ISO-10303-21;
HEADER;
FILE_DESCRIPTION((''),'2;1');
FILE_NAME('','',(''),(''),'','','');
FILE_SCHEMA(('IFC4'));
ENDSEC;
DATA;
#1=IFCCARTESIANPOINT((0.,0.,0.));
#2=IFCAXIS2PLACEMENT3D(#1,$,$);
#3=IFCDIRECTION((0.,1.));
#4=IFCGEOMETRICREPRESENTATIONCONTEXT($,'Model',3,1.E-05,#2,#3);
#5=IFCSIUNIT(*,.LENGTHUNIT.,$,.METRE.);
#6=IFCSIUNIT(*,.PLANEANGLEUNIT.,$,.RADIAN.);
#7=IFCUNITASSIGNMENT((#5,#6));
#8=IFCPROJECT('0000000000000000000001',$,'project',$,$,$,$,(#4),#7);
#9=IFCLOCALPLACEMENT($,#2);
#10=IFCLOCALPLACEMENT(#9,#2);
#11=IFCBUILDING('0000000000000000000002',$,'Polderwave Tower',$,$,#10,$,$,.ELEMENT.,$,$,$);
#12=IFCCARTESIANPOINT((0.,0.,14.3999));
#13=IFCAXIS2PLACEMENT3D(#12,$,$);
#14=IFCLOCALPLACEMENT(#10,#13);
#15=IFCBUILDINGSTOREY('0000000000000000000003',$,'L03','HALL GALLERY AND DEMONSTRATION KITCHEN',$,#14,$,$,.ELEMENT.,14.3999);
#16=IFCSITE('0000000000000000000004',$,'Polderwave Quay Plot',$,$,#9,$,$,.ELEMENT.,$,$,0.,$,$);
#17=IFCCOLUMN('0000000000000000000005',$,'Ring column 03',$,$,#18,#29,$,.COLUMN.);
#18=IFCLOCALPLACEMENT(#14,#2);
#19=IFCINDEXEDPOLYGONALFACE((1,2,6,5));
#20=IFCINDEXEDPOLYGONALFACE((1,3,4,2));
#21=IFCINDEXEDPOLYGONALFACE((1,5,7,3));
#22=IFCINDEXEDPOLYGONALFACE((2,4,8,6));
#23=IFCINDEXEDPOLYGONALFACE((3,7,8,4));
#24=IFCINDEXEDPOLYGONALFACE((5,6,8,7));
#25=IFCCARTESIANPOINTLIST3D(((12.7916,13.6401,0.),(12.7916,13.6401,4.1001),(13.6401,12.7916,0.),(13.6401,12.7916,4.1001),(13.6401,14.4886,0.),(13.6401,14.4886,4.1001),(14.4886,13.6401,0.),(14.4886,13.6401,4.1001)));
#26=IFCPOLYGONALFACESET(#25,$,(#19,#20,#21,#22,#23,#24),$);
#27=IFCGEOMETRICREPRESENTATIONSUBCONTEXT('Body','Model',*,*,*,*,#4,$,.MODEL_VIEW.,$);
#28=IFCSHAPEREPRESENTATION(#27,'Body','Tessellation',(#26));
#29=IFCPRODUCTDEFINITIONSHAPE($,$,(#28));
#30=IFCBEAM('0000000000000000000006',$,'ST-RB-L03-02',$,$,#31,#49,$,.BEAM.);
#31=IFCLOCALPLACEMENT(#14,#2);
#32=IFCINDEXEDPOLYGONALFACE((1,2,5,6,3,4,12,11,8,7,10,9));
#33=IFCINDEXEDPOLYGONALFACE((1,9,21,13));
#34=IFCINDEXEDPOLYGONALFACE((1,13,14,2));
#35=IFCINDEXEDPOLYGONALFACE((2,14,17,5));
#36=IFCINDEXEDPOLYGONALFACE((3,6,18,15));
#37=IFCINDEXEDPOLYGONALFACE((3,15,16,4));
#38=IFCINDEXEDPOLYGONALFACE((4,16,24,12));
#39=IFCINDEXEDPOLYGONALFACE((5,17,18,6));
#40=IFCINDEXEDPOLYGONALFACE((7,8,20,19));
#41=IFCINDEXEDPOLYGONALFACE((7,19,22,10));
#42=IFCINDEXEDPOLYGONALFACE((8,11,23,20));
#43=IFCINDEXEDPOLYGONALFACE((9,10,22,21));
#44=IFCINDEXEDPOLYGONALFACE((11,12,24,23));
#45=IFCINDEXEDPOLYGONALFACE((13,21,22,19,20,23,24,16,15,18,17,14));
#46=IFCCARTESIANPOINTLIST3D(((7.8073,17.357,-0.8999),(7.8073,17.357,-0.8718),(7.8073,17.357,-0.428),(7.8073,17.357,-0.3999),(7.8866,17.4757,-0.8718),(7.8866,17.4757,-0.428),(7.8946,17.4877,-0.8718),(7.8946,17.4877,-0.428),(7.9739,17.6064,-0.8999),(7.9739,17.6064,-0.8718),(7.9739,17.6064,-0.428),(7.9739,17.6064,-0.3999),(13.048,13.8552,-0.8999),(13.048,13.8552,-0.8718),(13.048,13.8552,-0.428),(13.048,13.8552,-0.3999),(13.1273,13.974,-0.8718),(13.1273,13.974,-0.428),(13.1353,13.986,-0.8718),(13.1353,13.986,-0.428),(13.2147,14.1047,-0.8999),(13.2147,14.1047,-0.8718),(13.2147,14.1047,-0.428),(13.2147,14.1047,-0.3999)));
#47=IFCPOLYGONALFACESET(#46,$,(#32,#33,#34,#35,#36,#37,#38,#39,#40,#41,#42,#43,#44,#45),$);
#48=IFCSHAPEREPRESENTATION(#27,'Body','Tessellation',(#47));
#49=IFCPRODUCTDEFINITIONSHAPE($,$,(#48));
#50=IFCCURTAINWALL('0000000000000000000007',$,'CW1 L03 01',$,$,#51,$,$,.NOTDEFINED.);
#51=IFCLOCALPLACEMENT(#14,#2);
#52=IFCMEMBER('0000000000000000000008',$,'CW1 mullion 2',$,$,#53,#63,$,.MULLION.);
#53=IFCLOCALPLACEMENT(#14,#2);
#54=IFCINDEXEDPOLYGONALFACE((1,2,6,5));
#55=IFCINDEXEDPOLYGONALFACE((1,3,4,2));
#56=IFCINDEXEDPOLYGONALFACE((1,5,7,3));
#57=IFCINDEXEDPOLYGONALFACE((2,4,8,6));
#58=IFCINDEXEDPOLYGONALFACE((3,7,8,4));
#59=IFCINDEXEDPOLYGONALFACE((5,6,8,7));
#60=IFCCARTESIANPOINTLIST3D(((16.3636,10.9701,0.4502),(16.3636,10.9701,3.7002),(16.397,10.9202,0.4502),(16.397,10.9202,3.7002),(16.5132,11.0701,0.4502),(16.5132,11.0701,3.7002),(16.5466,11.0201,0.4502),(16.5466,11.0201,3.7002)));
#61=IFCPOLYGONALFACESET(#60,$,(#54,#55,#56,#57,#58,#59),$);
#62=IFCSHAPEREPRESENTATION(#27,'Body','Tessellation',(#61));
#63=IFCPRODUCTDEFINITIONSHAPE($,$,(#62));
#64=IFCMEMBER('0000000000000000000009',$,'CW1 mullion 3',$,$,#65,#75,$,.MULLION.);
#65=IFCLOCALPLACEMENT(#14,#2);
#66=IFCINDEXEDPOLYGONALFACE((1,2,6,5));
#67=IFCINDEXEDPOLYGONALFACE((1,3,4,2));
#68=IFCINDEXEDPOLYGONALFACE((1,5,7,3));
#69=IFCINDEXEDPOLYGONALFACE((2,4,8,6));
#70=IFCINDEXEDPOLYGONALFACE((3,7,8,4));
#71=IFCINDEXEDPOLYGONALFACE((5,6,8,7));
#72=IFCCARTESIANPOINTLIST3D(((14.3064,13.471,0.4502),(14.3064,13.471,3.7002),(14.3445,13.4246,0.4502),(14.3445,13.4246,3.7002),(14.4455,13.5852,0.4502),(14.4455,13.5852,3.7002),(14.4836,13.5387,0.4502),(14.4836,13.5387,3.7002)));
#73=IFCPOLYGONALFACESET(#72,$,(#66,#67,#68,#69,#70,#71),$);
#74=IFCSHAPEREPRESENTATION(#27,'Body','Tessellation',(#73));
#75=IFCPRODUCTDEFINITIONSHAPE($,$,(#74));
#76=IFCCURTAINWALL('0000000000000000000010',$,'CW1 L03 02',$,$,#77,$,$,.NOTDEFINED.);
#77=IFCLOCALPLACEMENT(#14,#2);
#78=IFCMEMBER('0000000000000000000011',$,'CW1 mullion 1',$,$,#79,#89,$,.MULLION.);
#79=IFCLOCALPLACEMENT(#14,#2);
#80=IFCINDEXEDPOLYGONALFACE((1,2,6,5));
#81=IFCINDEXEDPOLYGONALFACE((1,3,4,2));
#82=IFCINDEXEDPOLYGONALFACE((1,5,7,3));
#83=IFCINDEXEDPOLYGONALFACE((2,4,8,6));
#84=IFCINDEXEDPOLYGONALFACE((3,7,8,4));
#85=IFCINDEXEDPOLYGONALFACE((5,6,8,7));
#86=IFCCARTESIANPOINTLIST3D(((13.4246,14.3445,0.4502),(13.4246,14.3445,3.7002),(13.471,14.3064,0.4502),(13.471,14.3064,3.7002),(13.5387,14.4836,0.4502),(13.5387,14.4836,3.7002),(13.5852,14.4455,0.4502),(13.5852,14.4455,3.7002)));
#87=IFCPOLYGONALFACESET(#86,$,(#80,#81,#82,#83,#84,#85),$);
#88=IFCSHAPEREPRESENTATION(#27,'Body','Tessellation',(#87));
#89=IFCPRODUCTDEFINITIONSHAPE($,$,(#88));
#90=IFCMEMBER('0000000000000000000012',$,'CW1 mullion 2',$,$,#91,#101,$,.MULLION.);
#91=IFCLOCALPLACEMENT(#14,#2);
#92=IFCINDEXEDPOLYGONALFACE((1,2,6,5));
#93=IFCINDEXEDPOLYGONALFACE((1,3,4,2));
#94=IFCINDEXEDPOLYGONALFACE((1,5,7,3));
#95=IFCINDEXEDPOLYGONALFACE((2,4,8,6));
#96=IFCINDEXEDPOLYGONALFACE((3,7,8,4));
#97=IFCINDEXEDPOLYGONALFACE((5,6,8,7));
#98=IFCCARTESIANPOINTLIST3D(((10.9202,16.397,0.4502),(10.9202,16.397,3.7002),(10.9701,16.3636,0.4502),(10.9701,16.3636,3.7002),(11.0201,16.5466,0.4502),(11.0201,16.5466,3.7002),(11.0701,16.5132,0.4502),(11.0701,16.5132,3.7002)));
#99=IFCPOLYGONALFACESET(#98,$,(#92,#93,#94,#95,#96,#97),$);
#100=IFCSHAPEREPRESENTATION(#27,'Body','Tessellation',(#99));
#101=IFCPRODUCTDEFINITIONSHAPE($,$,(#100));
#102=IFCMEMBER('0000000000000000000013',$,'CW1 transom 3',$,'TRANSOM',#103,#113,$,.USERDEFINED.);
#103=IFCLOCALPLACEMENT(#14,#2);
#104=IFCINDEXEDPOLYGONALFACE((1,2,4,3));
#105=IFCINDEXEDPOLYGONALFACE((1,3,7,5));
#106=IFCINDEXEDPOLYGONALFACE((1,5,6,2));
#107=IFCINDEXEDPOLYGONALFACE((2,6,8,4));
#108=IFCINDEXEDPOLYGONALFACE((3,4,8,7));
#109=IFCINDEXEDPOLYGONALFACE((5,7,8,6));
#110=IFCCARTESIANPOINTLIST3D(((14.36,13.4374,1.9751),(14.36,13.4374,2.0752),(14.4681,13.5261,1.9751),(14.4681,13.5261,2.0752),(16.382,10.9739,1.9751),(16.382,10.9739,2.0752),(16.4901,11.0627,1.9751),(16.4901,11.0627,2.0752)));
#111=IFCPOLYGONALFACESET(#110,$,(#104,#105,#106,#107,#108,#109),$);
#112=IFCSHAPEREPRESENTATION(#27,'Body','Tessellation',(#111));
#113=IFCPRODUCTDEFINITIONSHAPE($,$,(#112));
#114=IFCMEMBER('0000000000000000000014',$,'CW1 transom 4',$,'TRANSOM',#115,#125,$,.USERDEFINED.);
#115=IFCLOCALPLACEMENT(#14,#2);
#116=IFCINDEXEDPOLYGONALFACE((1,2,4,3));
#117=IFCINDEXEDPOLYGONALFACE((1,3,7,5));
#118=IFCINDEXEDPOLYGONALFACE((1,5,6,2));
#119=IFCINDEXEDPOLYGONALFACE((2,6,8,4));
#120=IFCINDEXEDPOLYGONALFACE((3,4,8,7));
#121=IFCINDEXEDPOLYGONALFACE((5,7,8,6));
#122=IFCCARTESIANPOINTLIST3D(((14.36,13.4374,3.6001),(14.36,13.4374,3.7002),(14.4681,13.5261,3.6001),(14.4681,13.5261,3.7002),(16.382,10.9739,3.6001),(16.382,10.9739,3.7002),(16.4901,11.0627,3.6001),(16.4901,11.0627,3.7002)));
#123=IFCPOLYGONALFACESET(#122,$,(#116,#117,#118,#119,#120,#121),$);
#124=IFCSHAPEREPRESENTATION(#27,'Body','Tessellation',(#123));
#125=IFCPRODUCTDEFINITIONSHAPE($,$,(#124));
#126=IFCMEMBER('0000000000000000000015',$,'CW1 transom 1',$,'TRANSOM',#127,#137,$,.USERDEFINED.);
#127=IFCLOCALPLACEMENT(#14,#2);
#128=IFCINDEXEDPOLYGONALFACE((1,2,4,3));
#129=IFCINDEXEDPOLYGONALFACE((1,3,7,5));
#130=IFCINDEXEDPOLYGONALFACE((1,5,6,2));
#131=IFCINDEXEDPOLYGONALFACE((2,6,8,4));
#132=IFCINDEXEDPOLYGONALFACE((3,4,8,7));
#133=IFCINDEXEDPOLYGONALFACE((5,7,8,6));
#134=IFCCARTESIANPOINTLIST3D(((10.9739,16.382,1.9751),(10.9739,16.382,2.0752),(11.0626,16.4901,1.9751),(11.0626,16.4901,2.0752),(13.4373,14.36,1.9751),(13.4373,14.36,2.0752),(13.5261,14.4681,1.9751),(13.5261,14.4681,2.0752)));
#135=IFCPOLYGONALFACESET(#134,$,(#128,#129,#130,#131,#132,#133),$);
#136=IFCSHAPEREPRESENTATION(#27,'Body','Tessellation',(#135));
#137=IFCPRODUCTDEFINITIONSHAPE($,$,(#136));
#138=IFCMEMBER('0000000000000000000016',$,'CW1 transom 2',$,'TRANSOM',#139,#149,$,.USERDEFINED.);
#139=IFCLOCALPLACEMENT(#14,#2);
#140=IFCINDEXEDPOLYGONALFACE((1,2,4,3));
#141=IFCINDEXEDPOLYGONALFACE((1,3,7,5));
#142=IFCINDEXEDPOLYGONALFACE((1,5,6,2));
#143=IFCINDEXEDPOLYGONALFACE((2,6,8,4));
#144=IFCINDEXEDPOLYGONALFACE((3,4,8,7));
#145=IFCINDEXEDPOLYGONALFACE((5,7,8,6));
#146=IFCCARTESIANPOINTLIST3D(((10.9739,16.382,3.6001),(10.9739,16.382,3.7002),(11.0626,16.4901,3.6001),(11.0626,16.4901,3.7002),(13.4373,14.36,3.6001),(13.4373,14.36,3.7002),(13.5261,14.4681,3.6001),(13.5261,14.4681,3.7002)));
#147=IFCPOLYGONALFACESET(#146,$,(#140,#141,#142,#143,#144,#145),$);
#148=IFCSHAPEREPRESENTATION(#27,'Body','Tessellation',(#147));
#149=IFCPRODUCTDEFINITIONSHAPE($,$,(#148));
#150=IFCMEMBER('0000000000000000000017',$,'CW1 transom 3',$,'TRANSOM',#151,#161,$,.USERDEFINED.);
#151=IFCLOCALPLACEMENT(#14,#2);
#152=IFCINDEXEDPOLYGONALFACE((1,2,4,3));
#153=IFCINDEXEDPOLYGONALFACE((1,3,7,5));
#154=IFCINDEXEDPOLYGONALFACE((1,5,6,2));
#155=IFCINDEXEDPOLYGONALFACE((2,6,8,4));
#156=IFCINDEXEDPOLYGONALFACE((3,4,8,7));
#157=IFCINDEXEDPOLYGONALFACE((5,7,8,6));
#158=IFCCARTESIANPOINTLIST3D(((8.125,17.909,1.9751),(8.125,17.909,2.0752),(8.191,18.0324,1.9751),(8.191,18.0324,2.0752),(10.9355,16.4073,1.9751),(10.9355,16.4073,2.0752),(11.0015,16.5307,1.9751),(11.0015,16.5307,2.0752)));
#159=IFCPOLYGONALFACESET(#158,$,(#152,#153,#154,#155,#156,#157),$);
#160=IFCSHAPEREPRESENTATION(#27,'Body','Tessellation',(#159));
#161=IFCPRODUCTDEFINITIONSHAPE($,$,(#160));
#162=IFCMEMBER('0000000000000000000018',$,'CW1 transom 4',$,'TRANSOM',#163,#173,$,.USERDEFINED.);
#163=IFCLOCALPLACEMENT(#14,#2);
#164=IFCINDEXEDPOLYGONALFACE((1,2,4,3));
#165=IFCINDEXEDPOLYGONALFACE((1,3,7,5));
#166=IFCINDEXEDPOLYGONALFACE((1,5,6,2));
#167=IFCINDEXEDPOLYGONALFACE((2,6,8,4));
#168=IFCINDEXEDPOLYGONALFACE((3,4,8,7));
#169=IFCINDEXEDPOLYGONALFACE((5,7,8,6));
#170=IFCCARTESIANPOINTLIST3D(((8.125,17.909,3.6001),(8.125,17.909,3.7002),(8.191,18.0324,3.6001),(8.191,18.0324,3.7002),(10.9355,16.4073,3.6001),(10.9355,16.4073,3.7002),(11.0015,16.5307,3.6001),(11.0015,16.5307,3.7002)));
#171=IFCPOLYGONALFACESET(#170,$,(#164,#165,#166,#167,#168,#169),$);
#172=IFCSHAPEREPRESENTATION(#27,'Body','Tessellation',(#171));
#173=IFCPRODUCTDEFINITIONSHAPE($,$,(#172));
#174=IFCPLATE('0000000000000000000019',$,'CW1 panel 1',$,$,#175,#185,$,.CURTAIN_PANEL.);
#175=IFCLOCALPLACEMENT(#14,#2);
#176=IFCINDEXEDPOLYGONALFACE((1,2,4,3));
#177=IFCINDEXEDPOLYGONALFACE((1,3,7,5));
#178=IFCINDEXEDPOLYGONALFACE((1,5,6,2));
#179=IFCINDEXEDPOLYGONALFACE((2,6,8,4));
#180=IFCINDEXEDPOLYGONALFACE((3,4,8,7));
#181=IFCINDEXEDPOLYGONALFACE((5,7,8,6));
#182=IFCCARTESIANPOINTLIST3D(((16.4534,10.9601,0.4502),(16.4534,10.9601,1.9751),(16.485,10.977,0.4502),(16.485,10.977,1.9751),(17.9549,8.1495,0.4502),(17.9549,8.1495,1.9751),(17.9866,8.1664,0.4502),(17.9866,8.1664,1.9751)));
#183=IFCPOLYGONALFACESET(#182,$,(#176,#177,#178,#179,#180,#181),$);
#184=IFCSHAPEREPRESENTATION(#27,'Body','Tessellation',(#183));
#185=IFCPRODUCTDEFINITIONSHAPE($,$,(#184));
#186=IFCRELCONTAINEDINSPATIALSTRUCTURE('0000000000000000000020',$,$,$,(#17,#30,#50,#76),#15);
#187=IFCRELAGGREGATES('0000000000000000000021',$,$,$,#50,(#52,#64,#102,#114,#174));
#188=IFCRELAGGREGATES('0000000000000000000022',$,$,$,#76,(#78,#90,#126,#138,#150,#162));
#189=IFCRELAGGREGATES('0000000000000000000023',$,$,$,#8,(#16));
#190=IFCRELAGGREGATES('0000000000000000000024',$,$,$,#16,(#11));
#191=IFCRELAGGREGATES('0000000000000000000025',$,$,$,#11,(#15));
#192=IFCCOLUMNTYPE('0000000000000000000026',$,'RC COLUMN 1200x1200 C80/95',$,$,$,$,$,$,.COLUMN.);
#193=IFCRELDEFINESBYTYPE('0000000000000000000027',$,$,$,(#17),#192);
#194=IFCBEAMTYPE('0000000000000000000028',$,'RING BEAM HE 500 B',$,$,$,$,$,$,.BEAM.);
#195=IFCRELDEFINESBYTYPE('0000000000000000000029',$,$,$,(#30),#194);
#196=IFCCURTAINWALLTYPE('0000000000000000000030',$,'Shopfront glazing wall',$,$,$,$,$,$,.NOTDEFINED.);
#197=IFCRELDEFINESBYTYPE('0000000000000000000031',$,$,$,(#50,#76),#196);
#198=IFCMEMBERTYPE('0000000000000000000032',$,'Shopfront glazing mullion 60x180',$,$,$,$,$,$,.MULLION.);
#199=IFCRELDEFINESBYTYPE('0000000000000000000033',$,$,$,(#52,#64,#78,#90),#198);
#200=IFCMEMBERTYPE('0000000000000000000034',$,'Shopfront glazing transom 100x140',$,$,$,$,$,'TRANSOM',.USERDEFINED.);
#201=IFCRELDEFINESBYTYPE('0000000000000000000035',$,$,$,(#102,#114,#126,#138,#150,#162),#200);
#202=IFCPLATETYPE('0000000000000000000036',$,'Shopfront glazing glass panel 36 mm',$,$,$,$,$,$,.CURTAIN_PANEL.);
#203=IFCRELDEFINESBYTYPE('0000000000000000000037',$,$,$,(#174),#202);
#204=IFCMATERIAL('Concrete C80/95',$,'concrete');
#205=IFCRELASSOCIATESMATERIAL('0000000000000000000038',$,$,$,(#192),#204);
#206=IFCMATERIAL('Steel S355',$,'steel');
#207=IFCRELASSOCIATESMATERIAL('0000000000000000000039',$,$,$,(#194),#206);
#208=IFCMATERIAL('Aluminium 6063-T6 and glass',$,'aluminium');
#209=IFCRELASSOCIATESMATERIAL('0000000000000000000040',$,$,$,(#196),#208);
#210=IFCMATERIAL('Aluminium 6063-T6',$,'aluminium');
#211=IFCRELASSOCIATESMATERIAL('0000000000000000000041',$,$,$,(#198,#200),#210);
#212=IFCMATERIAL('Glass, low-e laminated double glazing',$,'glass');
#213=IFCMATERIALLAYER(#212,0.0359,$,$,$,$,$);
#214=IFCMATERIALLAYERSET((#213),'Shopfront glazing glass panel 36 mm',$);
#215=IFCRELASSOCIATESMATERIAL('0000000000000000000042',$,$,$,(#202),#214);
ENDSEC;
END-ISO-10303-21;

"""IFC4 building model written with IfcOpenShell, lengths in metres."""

from ifc_helpers import new_model, si_unit, direction, frame, origin, origin_2d, place, context, subcontext, project, spatial, rectangle, i_section, extrude, material, layer, layer_set, material_profile, profile_set, type_object, element, aggregate, save


model = new_model("IFC4")

# Units and contexts
model_context = context("Model", 3, precision=1e-05, world=origin(), true_north=direction((0.0, 1.0)))
body_context = subcontext(model_context, "Body", "Model", "MODEL_VIEW")
ifc_project = project(units=[si_unit("LENGTHUNIT", "METRE"), si_unit("PLANEANGLEUNIT", "RADIAN")], contexts=[model_context])

# Site, building, storey
site_placement = place(None, origin())
site = spatial("IfcSite", under=ifc_project, at=site_placement, Name="Polderwave Quay Plot", CompositionType="ELEMENT", RefElevation=0.0)
building_placement = place(site_placement, origin())
building = spatial("IfcBuilding", under=site, at=building_placement, Name="Polderwave Tower", CompositionType="ELEMENT")
storey_placement = place(building_placement, frame((0.0, 0.0, 14.3999)))
storey = spatial("IfcBuildingStorey", under=building, at=storey_placement, Name="L03", Description="HALL GALLERY AND DEMONSTRATION KITCHEN", CompositionType="ELEMENT", Elevation=14.3999)

# Column
ifc_material_1 = material(Name="Concrete C80/95", Category="concrete")
ifc_material_profile_1 = material_profile(ifc_material_1, rectangle(XDim=1.2, YDim=1.2, at=origin_2d()), Name="RC 1200x1200")
ifc_profile_set_1 = profile_set([ifc_material_profile_1], Name="Concrete C80/95")
column_type = type_object("IfcColumnType", Name="RC COLUMN 1200x1200 C80/95", PredefinedType="COLUMN", material=ifc_profile_set_1)
column_placement = place(storey_placement, frame((13.6401, 13.6401, 0.0), z_axis=(0.0, 0.0, 1.0), x_axis=(0.707107, 0.707107, 0.0)))
element("IfcColumn", 1, at=column_placement, inside=storey, type_object=column_type, Name="Ring column 03", PredefinedType="COLUMN", context=body_context, shape_type="SweptSolid", body=[
    extrude(rectangle(XDim=1.2, YDim=1.2, at=origin_2d()), origin(), (0.0, 0.0, 1.0), 4.1001),
])

# Beam
ifc_material_2 = material(Name="Steel S355", Category="steel")
ifc_material_profile_2 = material_profile(ifc_material_2, i_section(OverallWidth=0.3, OverallDepth=0.5, WebThickness=0.0144, FlangeThickness=0.0281, at=origin_2d()), Name="HE 500 B")
ifc_profile_set_2 = profile_set([ifc_material_profile_2], Name="Steel S355")
beam_type = type_object("IfcBeamType", Name="RING BEAM HE 500 B", PredefinedType="BEAM", material=ifc_profile_set_2)
beam_placement = place(storey_placement, frame((13.1313, 13.98, -0.6499), z_axis=(-0.831472, 0.555567, 0.0), x_axis=(-0.555567, -0.831472, 0.0)))
element("IfcBeam", 2, at=beam_placement, inside=storey, type_object=beam_type, Name="ST-RB-L03-02", PredefinedType="BEAM", context=body_context, shape_type="SweptSolid", body=[
    extrude(i_section(OverallWidth=0.3, OverallDepth=0.5, WebThickness=0.0144, FlangeThickness=0.0281, at=origin_2d()), origin(), (0.0, 0.0, 1.0), 6.303),
])

# Curtain walls, members
ifc_material_3 = material(Name="Aluminium 6063-T6 and glass", Category="aluminium")
curtain_wall_type = type_object("IfcCurtainWallType", Name="Shopfront glazing wall", PredefinedType="NOTDEFINED", material=ifc_material_3)
curtain_wall_1_placement = place(storey_placement, origin())
curtain_wall_1 = element("IfcCurtainWall", 3, at=curtain_wall_1_placement, inside=storey, type_object=curtain_wall_type, Name="CW1 L03 01", PredefinedType="NOTDEFINED")
ifc_material_4 = material(Name="Aluminium 6063-T6", Category="aluminium")
ifc_material_profile_3 = material_profile(ifc_material_4, rectangle(XDim=0.1799, YDim=0.0601, at=origin_2d()), Name="AL 60x180")
ifc_profile_set_3 = profile_set([ifc_material_profile_3], Name="Aluminium 6063-T6")
member_type_1 = type_object("IfcMemberType", Name="Shopfront glazing mullion 60x180", PredefinedType="MULLION", material=ifc_profile_set_3)
member_1_placement = place(storey_placement, frame((16.4551, 10.9951, 0.4502), z_axis=(0.0, 0.0, 1.0), x_axis=(-0.83151, -0.555509, 0.0)))
member_1 = element("IfcMember", 4, at=member_1_placement, type_object=member_type_1, Name="CW1 mullion 2", PredefinedType="MULLION", context=body_context, shape_type="SweptSolid", body=[
    extrude(rectangle(XDim=0.1799, YDim=0.0601, at=origin_2d()), origin(), (0.0, 0.0, 1.0), 3.25),
])
member_2_placement = place(storey_placement, frame((14.395, 13.5049, 0.4502), z_axis=(0.0, 0.0, 1.0), x_axis=(-0.772977, -0.634434, 0.0)))
member_2 = element("IfcMember", 5, at=member_2_placement, type_object=member_type_1, Name="CW1 mullion 3", PredefinedType="MULLION", context=body_context, shape_type="SweptSolid", body=[
    extrude(rectangle(XDim=0.1799, YDim=0.0601, at=origin_2d()), origin(), (0.0, 0.0, 1.0), 3.25),
])
curtain_wall_2_placement = place(storey_placement, origin())
curtain_wall_2 = element("IfcCurtainWall", 6, at=curtain_wall_2_placement, inside=storey, type_object=curtain_wall_type, Name="CW1 L03 02", PredefinedType="NOTDEFINED")
member_3_placement = place(storey_placement, frame((13.5049, 14.395, 0.4502), z_axis=(0.0, 0.0, 1.0), x_axis=(-0.634434, -0.772977, 0.0)))
member_3 = element("IfcMember", 7, at=member_3_placement, type_object=member_type_1, Name="CW1 mullion 1", PredefinedType="MULLION", context=body_context, shape_type="SweptSolid", body=[
    extrude(rectangle(XDim=0.1799, YDim=0.0601, at=origin_2d()), origin(), (0.0, 0.0, 1.0), 3.25),
])
member_4_placement = place(storey_placement, frame((10.9951, 16.4551, 0.4502), z_axis=(0.0, 0.0, 1.0), x_axis=(-0.555509, -0.83151, 0.0)))
member_4 = element("IfcMember", 8, at=member_4_placement, type_object=member_type_1, Name="CW1 mullion 2", PredefinedType="MULLION", context=body_context, shape_type="SweptSolid", body=[
    extrude(rectangle(XDim=0.1799, YDim=0.0601, at=origin_2d()), origin(), (0.0, 0.0, 1.0), 3.25),
])

# Members
ifc_material_profile_4 = material_profile(ifc_material_4, rectangle(XDim=0.1399, YDim=0.1001, at=origin_2d()), Name="AL 100x140")
ifc_profile_set_4 = profile_set([ifc_material_profile_4], Name="Aluminium 6063-T6")
member_type_2 = type_object("IfcMemberType", Name="Shopfront glazing transom 100x140", ElementType="TRANSOM", PredefinedType="USERDEFINED", material=ifc_profile_set_4)
member_5_placement = place(storey_placement, frame((16.436, 11.0183, 2.0251), z_axis=(-0.634455, 0.77296, 0.0), x_axis=(-0.77296, -0.634455, 0.0)))
member_5 = element("IfcMember", 9, at=member_5_placement, type_object=member_type_2, Name="CW1 transom 3", ObjectType="TRANSOM", PredefinedType="USERDEFINED", context=body_context, shape_type="SweptSolid", body=[
    extrude(rectangle(XDim=0.1399, YDim=0.1001, at=origin_2d()), origin(), (0.0, 0.0, 1.0), 3.187),
])
member_6_placement = place(storey_placement, frame((16.436, 11.0183, 3.6501), z_axis=(-0.634455, 0.77296, 0.0), x_axis=(-0.77296, -0.634455, 0.0)))
member_6 = element("IfcMember", 10, at=member_6_placement, type_object=member_type_2, Name="CW1 transom 4", ObjectType="TRANSOM", PredefinedType="USERDEFINED", context=body_context, shape_type="SweptSolid", body=[
    extrude(rectangle(XDim=0.1399, YDim=0.1001, at=origin_2d()), origin(), (0.0, 0.0, 1.0), 3.187),
])
member_7_placement = place(storey_placement, frame((13.4817, 14.4141, 2.0251), z_axis=(-0.77296, 0.634455, 0.0), x_axis=(-0.634455, -0.77296, 0.0)))
member_7 = element("IfcMember", 11, at=member_7_placement, type_object=member_type_2, Name="CW1 transom 1", ObjectType="TRANSOM", PredefinedType="USERDEFINED", context=body_context, shape_type="SweptSolid", body=[
    extrude(rectangle(XDim=0.1399, YDim=0.1001, at=origin_2d()), origin(), (0.0, 0.0, 1.0), 3.187),
])
member_8_placement = place(storey_placement, frame((13.4817, 14.4141, 3.6501), z_axis=(-0.77296, 0.634455, 0.0), x_axis=(-0.634455, -0.77296, 0.0)))
member_8 = element("IfcMember", 12, at=member_8_placement, type_object=member_type_2, Name="CW1 transom 2", ObjectType="TRANSOM", PredefinedType="USERDEFINED", context=body_context, shape_type="SweptSolid", body=[
    extrude(rectangle(XDim=0.1399, YDim=0.1001, at=origin_2d()), origin(), (0.0, 0.0, 1.0), 3.187),
])
member_9_placement = place(storey_placement, frame((10.9685, 16.469, 2.0251), z_axis=(-0.881994, 0.47126, 0.0), x_axis=(-0.47126, -0.881994, 0.0)))
member_9 = element("IfcMember", 13, at=member_9_placement, type_object=member_type_2, Name="CW1 transom 3", ObjectType="TRANSOM", PredefinedType="USERDEFINED", context=body_context, shape_type="SweptSolid", body=[
    extrude(rectangle(XDim=0.1399, YDim=0.1001, at=origin_2d()), origin(), (0.0, 0.0, 1.0), 3.1865),
])
member_10_placement = place(storey_placement, frame((10.9685, 16.469, 3.6501), z_axis=(-0.881994, 0.47126, 0.0), x_axis=(-0.47126, -0.881994, 0.0)))
member_10 = element("IfcMember", 14, at=member_10_placement, type_object=member_type_2, Name="CW1 transom 4", ObjectType="TRANSOM", PredefinedType="USERDEFINED", context=body_context, shape_type="SweptSolid", body=[
    extrude(rectangle(XDim=0.1399, YDim=0.1001, at=origin_2d()), origin(), (0.0, 0.0, 1.0), 3.1865),
])

# Plate
ifc_material_5 = material(Name="Glass, low-e laminated double glazing", Category="glass")
ifc_layer_1 = layer(ifc_material_5, 0.0359)
ifc_layer_set_1 = layer_set([ifc_layer_1], Name="Shopfront glazing glass panel 36 mm")
plate_type = type_object("IfcPlateType", Name="Shopfront glazing glass panel 36 mm", PredefinedType="CURTAIN_PANEL", material=ifc_layer_set_1)
plate_1_placement = place(storey_placement, frame((17.22, 9.5632, 0.4502), z_axis=(0.0, 0.0, 1.0), x_axis=(-0.471221, 0.882015, 0.0)))
plate_1 = element("IfcPlate", 15, at=plate_1_placement, type_object=plate_type, Name="CW1 panel 1", PredefinedType="CURTAIN_PANEL", context=body_context, shape_type="SweptSolid", body=[
    extrude(rectangle(XDim=3.1865, YDim=0.0359, at=origin_2d()), origin(), (0.0, 0.0, 1.0), 1.5249),
])
aggregate(curtain_wall_1, [member_1, member_2, member_5, member_6, plate_1])
aggregate(curtain_wall_2, [member_3, member_4, member_7, member_8, member_9, member_10])

save(model, "model.ifc")
